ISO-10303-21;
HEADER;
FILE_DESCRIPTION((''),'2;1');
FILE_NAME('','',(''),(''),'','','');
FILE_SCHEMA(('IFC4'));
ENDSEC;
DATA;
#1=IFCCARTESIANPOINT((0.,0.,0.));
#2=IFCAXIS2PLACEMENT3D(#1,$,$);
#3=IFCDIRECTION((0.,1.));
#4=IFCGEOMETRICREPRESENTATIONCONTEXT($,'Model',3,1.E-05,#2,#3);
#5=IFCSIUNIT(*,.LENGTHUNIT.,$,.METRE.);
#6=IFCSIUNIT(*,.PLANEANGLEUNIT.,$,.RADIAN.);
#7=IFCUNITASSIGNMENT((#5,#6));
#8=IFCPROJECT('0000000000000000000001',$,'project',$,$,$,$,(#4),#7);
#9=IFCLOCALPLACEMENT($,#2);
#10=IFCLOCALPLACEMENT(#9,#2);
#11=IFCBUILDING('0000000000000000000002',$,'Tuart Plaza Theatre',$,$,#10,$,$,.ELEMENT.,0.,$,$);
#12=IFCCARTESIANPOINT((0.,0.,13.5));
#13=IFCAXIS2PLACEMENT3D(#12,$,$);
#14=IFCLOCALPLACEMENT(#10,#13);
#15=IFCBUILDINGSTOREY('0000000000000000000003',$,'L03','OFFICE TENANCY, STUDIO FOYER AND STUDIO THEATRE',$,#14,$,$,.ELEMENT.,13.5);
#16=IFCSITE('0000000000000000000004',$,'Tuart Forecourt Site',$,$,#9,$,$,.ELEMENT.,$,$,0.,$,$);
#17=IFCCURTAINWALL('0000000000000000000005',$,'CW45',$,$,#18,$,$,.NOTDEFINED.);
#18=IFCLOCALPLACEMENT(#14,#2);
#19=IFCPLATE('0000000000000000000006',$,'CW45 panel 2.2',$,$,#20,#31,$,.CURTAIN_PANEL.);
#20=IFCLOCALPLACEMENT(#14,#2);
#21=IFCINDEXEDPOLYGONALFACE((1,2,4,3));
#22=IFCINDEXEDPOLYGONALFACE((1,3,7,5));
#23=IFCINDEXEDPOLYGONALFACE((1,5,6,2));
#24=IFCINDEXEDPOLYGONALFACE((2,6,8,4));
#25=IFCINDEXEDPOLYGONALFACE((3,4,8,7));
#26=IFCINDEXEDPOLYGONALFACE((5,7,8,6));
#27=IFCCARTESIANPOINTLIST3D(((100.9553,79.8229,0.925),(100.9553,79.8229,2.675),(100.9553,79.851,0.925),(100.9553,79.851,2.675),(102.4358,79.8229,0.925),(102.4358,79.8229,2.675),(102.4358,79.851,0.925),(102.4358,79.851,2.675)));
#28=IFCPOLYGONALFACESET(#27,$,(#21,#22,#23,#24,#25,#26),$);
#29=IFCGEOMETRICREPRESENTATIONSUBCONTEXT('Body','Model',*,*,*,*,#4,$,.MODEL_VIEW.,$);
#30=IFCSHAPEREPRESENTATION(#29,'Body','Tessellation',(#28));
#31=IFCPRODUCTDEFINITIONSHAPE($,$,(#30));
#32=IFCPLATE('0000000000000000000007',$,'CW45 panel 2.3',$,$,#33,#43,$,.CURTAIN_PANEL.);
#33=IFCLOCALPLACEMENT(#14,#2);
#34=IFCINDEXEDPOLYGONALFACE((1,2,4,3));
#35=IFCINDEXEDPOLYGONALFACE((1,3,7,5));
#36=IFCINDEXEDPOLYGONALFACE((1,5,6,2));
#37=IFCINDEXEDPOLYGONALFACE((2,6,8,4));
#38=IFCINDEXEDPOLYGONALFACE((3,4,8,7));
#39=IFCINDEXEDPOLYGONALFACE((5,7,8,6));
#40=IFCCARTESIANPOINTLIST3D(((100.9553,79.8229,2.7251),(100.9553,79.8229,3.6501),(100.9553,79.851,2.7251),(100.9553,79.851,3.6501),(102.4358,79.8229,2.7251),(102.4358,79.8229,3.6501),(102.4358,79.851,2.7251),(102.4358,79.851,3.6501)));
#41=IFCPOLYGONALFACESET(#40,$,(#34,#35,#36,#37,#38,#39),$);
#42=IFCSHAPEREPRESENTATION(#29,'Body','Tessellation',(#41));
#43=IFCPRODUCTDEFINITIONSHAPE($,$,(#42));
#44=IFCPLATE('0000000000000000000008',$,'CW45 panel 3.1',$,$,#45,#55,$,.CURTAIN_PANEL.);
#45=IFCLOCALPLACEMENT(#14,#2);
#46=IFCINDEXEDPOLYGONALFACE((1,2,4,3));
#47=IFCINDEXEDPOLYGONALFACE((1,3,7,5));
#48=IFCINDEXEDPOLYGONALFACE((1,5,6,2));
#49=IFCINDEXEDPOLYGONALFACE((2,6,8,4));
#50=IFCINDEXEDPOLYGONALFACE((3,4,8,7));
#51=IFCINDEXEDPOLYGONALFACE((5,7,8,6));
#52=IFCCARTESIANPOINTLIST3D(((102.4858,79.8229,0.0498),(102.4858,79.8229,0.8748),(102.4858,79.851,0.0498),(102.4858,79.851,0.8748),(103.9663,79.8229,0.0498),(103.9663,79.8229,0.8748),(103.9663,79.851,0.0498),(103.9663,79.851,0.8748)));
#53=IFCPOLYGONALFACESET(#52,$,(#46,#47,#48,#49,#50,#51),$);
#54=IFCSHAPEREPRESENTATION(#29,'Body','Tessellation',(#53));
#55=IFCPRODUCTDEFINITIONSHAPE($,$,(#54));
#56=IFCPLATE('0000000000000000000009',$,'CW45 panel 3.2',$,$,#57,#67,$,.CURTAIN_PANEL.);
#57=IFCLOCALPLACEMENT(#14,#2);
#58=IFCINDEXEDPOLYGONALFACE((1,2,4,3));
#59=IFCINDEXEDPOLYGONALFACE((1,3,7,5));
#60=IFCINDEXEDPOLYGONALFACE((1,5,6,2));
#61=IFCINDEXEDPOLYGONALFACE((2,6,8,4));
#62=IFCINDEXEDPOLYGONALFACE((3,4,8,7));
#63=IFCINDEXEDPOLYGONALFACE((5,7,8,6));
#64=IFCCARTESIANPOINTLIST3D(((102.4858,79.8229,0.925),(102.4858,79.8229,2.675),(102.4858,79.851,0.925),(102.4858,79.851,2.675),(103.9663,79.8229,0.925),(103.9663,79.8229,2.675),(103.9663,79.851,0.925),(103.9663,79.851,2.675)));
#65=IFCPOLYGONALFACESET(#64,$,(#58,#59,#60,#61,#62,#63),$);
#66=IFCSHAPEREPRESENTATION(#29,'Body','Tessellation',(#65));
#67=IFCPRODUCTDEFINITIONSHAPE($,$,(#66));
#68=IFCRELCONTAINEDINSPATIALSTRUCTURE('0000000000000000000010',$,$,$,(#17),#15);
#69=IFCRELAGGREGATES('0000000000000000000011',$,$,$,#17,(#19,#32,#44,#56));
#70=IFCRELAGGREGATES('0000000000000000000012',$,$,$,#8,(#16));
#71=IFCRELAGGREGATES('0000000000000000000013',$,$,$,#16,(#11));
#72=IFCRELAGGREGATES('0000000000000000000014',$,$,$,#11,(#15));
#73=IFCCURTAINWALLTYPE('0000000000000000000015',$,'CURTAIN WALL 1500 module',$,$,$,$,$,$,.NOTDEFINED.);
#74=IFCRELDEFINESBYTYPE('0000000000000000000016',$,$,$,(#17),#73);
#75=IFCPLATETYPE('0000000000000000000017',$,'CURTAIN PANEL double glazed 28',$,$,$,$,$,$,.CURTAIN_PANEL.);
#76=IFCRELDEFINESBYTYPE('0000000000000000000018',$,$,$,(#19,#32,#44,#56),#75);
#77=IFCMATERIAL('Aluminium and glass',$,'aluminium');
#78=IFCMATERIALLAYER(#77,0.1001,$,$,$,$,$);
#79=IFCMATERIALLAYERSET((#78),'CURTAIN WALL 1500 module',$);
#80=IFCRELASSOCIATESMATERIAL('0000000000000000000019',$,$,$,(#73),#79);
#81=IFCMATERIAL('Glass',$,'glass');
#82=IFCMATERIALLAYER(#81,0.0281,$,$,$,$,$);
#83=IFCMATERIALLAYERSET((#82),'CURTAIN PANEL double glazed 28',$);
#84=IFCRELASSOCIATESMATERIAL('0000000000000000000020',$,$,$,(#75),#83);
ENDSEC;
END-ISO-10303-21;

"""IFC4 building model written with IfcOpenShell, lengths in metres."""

from ifc_helpers import new_model, si_unit, direction, frame, origin, origin_2d, place, context, subcontext, project, spatial, rectangle, extrude, material, layer, layer_set, type_object, element, aggregate, save


model = new_model("IFC4")

# Units and contexts
model_context = context("Model", 3, precision=1e-05, world=origin(), true_north=direction((0.0, 1.0)))
body_context = subcontext(model_context, "Body", "Model", "MODEL_VIEW")
ifc_project = project(units=[si_unit("LENGTHUNIT", "METRE"), si_unit("PLANEANGLEUNIT", "RADIAN")], contexts=[model_context])

# Site, building, storey
site_placement = place(None, origin())
site = spatial("IfcSite", under=ifc_project, at=site_placement, Name="Tuart Forecourt Site", CompositionType="ELEMENT", RefElevation=0.0)
building_placement = place(site_placement, origin())
building = spatial("IfcBuilding", under=site, at=building_placement, Name="Tuart Plaza Theatre", CompositionType="ELEMENT", ElevationOfRefHeight=0.0)
storey_placement = place(building_placement, frame((0.0, 0.0, 13.5)))
storey = spatial("IfcBuildingStorey", under=building, at=storey_placement, Name="L03", Description="OFFICE TENANCY, STUDIO FOYER AND STUDIO THEATRE", CompositionType="ELEMENT", Elevation=13.5)

# Curtain wall, plates
ifc_material_1 = material(Name="Aluminium and glass", Category="aluminium")
ifc_layer_1 = layer(ifc_material_1, 0.1001)
ifc_layer_set_1 = layer_set([ifc_layer_1], Name="CURTAIN WALL 1500 module")
curtain_wall_type = type_object("IfcCurtainWallType", Name="CURTAIN WALL 1500 module", PredefinedType="NOTDEFINED", material=ifc_layer_set_1)
curtain_wall_placement = place(storey_placement, origin())
curtain_wall = element("IfcCurtainWall", 1, at=curtain_wall_placement, inside=storey, type_object=curtain_wall_type, Name="CW45", PredefinedType="NOTDEFINED")
ifc_material_2 = material(Name="Glass", Category="glass")
ifc_layer_2 = layer(ifc_material_2, 0.0281)
ifc_layer_set_2 = layer_set([ifc_layer_2], Name="CURTAIN PANEL double glazed 28")
plate_type = type_object("IfcPlateType", Name="CURTAIN PANEL double glazed 28", PredefinedType="CURTAIN_PANEL", material=ifc_layer_set_2)
plate_1_placement = place(storey_placement, frame((101.6956, 79.8369, 0.925), z_axis=(0.0, 0.0, 1.0), x_axis=(1.0, 0.0, 0.0)))
plate_1 = element("IfcPlate", 2, at=plate_1_placement, type_object=plate_type, Name="CW45 panel 2.2", PredefinedType="CURTAIN_PANEL", context=body_context, shape_type="SweptSolid", body=[
    extrude(rectangle(XDim=1.4805, YDim=0.0281, at=origin_2d()), origin(), (0.0, 0.0, 1.0), 1.75),
])
plate_2_placement = place(storey_placement, frame((101.6956, 79.8369, 2.7251), z_axis=(0.0, 0.0, 1.0), x_axis=(1.0, 0.0, 0.0)))
plate_2 = element("IfcPlate", 3, at=plate_2_placement, type_object=plate_type, Name="CW45 panel 2.3", PredefinedType="CURTAIN_PANEL", context=body_context, shape_type="SweptSolid", body=[
    extrude(rectangle(XDim=1.4805, YDim=0.0281, at=origin_2d()), origin(), (0.0, 0.0, 1.0), 0.925),
])
plate_3_placement = place(storey_placement, frame((103.2261, 79.8369, 0.0498), z_axis=(0.0, 0.0, 1.0), x_axis=(1.0, 0.0, 0.0)))
plate_3 = element("IfcPlate", 4, at=plate_3_placement, type_object=plate_type, Name="CW45 panel 3.1", PredefinedType="CURTAIN_PANEL", context=body_context, shape_type="SweptSolid", body=[
    extrude(rectangle(XDim=1.4805, YDim=0.0281, at=origin_2d()), origin(), (0.0, 0.0, 1.0), 0.825),
])
plate_4_placement = place(storey_placement, frame((103.2261, 79.8369, 0.925), z_axis=(0.0, 0.0, 1.0), x_axis=(1.0, 0.0, 0.0)))
plate_4 = element("IfcPlate", 5, at=plate_4_placement, type_object=plate_type, Name="CW45 panel 3.2", PredefinedType="CURTAIN_PANEL", context=body_context, shape_type="SweptSolid", body=[
    extrude(rectangle(XDim=1.4805, YDim=0.0281, at=origin_2d()), origin(), (0.0, 0.0, 1.0), 1.75),
])
aggregate(curtain_wall, [plate_1, plate_2, plate_3, plate_4])

save(model, "model.ifc")
